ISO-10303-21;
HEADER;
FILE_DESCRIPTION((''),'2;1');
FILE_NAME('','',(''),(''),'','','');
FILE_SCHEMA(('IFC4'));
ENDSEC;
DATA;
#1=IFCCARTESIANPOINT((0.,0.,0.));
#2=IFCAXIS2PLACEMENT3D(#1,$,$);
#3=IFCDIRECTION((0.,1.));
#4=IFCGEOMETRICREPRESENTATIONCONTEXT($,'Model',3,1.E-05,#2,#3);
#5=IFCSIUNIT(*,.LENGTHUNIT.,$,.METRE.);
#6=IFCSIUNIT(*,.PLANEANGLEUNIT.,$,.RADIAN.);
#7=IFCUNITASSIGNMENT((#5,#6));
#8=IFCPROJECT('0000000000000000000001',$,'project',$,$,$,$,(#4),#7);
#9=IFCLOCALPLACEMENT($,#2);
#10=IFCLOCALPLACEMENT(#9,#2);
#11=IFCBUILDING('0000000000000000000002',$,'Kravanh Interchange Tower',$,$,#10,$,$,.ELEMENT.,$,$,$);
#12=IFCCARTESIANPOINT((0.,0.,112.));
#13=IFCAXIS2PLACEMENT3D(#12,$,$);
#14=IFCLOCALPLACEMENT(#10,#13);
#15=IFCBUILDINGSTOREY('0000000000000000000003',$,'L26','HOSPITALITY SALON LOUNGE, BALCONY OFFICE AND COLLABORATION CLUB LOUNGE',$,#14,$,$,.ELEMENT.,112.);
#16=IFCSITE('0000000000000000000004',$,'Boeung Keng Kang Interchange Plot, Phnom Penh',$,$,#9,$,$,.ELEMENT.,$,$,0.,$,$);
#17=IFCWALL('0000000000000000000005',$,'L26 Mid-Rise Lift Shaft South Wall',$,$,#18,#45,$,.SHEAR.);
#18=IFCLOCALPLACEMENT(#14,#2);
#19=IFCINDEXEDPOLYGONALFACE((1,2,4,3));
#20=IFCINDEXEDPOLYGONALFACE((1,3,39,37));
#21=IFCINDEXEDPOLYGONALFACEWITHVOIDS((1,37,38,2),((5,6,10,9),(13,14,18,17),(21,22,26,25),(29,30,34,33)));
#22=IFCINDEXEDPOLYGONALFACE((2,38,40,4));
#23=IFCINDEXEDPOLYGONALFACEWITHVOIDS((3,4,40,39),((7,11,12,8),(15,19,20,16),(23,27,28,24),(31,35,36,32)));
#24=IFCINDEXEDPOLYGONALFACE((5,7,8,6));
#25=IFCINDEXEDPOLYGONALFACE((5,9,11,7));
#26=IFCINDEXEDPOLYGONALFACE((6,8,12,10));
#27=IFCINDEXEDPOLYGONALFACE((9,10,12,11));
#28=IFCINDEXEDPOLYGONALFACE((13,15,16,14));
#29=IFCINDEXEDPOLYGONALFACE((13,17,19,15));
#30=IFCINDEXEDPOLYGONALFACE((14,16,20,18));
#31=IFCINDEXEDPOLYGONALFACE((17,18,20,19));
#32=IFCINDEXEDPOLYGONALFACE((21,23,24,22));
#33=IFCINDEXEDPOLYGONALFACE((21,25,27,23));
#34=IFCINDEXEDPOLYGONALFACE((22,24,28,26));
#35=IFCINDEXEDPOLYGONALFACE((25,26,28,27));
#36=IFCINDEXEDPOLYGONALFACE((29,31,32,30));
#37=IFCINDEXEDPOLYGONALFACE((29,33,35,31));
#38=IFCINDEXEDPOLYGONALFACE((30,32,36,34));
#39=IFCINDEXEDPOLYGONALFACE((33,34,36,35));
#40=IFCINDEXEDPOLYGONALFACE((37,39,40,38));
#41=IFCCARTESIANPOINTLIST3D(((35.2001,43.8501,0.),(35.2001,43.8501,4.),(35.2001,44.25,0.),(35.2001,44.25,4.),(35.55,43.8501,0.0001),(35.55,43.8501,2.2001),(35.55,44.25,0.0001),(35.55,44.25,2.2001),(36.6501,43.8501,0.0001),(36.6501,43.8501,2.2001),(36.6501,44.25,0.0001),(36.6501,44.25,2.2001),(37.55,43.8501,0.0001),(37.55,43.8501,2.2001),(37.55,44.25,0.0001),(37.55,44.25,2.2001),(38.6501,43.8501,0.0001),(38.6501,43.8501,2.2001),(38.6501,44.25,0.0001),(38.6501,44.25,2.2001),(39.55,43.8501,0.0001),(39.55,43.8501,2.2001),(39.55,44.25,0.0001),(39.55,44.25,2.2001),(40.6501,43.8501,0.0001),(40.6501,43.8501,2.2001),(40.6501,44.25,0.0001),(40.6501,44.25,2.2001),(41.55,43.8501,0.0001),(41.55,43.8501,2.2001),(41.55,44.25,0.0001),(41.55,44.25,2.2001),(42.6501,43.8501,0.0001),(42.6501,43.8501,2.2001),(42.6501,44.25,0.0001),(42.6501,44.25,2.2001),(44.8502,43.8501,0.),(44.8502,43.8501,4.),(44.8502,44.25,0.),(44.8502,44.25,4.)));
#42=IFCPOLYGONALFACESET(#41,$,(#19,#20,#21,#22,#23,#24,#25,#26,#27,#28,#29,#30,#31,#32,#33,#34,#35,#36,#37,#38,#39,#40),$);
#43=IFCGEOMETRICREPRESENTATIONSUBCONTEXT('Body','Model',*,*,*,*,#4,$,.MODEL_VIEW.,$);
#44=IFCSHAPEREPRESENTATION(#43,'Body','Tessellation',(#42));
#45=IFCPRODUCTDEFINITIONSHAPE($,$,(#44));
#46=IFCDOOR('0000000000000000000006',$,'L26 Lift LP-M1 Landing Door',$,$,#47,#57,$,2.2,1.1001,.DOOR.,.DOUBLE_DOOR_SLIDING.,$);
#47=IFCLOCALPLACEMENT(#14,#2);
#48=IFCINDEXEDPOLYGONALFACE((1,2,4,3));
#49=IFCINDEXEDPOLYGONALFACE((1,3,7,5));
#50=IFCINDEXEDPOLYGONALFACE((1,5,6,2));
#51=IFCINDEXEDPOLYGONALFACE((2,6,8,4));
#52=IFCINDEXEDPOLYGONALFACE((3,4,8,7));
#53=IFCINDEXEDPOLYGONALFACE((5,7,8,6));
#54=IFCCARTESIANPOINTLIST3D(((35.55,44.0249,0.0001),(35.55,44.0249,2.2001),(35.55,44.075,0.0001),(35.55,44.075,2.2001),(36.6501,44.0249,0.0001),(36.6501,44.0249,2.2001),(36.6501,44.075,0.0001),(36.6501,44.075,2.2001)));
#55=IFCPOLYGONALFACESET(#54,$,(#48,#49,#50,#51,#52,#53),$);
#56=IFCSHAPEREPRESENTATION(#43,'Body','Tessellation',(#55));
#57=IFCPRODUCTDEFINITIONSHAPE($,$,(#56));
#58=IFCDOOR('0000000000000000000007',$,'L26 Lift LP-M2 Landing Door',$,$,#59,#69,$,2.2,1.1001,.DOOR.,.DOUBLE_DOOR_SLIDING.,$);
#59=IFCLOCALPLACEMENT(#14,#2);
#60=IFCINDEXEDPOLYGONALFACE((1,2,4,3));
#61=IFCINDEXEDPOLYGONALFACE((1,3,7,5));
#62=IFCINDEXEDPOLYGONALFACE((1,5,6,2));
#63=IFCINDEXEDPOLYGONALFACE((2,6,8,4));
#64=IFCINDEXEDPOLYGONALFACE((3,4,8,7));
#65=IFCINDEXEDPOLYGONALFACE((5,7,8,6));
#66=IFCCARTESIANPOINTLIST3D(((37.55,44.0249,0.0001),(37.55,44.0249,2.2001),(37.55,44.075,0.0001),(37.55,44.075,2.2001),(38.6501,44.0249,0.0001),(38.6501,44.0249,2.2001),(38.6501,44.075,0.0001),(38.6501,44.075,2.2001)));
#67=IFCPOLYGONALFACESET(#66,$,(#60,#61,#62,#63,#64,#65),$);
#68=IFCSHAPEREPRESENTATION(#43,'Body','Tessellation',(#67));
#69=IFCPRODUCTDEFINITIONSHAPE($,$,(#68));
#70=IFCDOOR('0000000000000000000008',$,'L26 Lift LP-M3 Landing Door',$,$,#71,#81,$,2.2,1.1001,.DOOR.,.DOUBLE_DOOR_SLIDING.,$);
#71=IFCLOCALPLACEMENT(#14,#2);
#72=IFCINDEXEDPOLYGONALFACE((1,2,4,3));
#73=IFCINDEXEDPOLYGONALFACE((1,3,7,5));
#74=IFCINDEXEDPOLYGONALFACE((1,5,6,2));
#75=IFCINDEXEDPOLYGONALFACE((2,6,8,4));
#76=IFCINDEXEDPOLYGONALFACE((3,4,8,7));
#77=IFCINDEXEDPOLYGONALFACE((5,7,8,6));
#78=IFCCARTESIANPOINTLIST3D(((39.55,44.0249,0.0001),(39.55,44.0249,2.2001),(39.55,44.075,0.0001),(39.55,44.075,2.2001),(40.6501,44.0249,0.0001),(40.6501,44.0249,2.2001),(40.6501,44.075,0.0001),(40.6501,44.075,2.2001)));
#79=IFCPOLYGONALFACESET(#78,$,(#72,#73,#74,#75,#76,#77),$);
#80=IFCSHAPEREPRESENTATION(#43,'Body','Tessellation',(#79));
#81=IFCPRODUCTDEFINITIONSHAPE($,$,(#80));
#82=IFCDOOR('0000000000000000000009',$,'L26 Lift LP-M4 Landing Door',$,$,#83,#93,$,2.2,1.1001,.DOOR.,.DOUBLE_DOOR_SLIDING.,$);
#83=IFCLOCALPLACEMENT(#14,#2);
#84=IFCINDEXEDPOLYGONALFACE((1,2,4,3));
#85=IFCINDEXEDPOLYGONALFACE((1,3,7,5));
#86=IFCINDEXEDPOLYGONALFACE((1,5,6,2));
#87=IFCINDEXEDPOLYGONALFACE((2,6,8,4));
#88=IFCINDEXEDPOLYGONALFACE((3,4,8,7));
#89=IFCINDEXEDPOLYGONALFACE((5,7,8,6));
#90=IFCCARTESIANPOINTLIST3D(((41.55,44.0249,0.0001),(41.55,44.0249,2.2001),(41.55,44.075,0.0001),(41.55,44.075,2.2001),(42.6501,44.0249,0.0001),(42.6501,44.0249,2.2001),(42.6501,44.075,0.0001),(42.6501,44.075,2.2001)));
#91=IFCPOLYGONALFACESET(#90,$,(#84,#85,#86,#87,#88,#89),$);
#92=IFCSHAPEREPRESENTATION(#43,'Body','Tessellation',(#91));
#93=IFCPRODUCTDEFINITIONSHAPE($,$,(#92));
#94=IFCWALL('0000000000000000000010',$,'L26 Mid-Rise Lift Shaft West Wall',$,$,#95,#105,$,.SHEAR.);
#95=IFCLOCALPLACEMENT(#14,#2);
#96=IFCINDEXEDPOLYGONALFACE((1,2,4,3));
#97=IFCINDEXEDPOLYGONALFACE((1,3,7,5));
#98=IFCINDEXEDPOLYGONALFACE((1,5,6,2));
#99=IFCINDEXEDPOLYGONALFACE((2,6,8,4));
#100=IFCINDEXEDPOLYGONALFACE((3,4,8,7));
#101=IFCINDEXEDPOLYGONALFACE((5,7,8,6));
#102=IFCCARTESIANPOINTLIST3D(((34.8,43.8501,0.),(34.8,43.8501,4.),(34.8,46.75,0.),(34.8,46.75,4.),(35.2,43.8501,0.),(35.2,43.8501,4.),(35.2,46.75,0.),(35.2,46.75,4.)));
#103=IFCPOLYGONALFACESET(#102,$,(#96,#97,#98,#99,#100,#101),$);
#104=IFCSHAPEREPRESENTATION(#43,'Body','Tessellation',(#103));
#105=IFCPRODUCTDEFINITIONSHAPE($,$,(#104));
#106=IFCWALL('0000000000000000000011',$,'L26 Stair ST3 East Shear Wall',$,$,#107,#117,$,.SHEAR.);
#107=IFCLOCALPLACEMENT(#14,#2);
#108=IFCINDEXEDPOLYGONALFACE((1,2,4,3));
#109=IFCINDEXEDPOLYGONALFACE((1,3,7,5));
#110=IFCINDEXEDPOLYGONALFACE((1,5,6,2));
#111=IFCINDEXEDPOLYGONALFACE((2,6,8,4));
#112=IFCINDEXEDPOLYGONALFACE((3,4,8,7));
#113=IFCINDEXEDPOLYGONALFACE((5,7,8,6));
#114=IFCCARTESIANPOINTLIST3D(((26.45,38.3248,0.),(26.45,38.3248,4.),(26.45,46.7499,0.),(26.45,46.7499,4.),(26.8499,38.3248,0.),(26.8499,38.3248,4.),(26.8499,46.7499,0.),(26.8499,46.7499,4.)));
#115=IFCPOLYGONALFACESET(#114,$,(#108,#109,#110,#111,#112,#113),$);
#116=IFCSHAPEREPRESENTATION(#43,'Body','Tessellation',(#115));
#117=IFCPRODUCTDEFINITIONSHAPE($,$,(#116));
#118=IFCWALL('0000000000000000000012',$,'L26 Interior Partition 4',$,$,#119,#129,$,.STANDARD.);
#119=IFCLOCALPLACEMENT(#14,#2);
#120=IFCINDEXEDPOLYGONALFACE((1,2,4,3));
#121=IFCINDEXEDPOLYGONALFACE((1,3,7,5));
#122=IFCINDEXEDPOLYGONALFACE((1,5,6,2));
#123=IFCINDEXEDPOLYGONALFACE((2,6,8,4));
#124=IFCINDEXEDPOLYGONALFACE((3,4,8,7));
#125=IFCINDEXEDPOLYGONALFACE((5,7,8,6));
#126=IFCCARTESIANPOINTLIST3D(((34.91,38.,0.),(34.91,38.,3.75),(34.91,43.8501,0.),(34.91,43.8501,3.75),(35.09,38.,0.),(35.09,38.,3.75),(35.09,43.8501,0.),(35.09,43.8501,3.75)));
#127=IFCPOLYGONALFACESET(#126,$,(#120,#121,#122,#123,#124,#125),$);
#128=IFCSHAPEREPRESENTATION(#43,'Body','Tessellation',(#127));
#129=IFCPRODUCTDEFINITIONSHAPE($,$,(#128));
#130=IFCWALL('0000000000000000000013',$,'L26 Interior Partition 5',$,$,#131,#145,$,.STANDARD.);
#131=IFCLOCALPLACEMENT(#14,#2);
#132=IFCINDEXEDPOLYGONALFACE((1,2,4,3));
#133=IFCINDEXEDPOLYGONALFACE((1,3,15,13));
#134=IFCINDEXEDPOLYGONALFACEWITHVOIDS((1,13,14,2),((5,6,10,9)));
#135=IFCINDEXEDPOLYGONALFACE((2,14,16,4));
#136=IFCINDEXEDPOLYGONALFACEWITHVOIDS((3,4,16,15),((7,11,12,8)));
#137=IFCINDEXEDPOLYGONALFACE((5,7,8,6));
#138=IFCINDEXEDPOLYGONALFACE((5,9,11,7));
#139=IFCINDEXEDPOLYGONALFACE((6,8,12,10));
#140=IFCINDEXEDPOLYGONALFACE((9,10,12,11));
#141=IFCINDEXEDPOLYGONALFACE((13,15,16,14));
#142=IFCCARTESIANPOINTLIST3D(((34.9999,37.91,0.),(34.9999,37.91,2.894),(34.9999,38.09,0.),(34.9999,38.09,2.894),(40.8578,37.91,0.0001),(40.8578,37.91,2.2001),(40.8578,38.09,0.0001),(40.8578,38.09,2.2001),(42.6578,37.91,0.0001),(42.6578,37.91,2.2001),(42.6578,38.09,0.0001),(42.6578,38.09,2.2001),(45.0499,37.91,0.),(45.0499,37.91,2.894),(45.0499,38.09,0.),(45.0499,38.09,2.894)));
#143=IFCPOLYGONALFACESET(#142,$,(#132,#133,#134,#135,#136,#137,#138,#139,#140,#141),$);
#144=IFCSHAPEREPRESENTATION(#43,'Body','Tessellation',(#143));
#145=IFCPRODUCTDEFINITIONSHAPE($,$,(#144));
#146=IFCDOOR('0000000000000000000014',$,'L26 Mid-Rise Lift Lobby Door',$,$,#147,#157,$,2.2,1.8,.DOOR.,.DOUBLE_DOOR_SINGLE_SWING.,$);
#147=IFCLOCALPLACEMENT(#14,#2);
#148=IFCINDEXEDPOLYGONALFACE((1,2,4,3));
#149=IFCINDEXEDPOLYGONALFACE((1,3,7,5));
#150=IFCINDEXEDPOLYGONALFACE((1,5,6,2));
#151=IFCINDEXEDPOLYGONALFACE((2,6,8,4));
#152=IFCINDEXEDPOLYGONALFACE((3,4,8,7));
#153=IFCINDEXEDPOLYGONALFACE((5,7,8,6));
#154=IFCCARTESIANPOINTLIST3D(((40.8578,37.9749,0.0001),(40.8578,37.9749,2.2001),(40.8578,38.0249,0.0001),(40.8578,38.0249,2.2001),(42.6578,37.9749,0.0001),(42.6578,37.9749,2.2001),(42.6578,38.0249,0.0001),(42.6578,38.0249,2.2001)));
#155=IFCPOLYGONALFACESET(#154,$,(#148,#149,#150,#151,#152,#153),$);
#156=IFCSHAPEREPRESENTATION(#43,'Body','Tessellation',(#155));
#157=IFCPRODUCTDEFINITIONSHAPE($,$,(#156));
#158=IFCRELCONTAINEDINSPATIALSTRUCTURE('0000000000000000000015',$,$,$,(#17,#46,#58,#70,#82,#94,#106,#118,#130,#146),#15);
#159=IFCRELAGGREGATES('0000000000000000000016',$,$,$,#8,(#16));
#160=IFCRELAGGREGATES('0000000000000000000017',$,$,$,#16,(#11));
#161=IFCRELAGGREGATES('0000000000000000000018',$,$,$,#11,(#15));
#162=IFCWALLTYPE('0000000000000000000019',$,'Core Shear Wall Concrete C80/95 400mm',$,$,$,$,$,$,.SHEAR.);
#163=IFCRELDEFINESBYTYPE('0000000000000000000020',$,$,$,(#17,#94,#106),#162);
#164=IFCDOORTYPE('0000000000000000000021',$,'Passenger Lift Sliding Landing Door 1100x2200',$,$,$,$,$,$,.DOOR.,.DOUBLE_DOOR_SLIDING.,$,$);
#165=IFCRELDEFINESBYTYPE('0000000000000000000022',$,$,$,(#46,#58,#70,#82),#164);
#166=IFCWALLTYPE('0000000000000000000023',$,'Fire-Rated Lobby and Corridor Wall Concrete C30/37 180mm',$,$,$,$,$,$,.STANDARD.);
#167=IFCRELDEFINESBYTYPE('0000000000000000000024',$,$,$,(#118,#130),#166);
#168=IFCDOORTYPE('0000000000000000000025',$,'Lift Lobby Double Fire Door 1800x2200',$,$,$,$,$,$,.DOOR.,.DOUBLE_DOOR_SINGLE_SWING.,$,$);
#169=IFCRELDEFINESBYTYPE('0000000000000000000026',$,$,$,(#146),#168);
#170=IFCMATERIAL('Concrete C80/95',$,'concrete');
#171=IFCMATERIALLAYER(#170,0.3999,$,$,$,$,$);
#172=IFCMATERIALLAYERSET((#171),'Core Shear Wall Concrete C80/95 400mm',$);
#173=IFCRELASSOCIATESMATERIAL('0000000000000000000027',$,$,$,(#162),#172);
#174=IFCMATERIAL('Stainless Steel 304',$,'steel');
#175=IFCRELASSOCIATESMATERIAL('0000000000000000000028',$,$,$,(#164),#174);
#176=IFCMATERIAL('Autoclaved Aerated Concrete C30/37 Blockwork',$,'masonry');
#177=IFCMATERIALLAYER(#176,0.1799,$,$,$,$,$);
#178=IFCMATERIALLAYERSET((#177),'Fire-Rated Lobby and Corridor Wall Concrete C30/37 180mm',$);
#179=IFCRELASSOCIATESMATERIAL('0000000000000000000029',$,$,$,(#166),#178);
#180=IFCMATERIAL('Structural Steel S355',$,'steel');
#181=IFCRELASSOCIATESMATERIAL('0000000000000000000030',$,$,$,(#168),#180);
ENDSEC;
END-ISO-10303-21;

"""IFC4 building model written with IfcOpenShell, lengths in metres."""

from ifc_helpers import new_model, si_unit, direction, frame, frame_2d, origin, place, context, subcontext, project, spatial, rectangle, extrude, material, layer, layer_set, type_object, element, fill, save


model = new_model("IFC4")

# Units and contexts
model_context = context("Model", 3, precision=1e-05, world=origin(), true_north=direction((0.0, 1.0)))
body_context = subcontext(model_context, "Body", "Model", "MODEL_VIEW")
ifc_project = project(units=[si_unit("LENGTHUNIT", "METRE"), si_unit("PLANEANGLEUNIT", "RADIAN")], contexts=[model_context])

# Site, building, storey
site_placement = place(None, origin())
site = spatial("IfcSite", under=ifc_project, at=site_placement, Name="Boeung Keng Kang Interchange Plot, Phnom Penh", CompositionType="ELEMENT", RefElevation=0.0)
building_placement = place(site_placement, origin())
building = spatial("IfcBuilding", under=site, at=building_placement, Name="Kravanh Interchange Tower", CompositionType="ELEMENT")
storey_placement = place(building_placement, frame((0.0, 0.0, 112.0)))
storey = spatial("IfcBuildingStorey", under=building, at=storey_placement, Name="L26", Description="HOSPITALITY SALON LOUNGE, BALCONY OFFICE AND COLLABORATION CLUB LOUNGE", CompositionType="ELEMENT", Elevation=112.0)

# Wall, openings, doors
ifc_material_1 = material(Name="Concrete C80/95", Category="concrete")
ifc_layer_1 = layer(ifc_material_1, 0.3999)
ifc_layer_set_1 = layer_set([ifc_layer_1], Name="Core Shear Wall Concrete C80/95 400mm")
wall_type_1 = type_object("IfcWallType", Name="Core Shear Wall Concrete C80/95 400mm", PredefinedType="SHEAR", material=ifc_layer_set_1)
wall_1_placement = place(storey_placement, frame((35.2, 44.05, 0.0), z_axis=(0.0, 0.0, 1.0), x_axis=(1.0, 0.0, 0.0)))
wall_1 = element("IfcWall", 1, at=wall_1_placement, inside=storey, type_object=wall_type_1, Name="L26 Mid-Rise Lift Shaft South Wall", PredefinedType="SHEAR", context=body_context, shape_type="SweptSolid", body=[
    extrude(rectangle(XDim=9.6501, YDim=0.3999, at=frame_2d((4.8252, 0.0))), origin(), (0.0, 0.0, 1.0), 4.0),
])
opening_1_placement = place(wall_1_placement, frame((0.3501, 0.0, 0.0)))
opening_1 = element("IfcOpeningElement", 2, at=opening_1_placement, cuts=wall_1, PredefinedType="OPENING", context=body_context, shape_type="SweptSolid", body=[
    extrude(rectangle(XDim=1.1001, YDim=2.2, at=frame_2d((0.55, 1.1001))), frame((0.0, 0.21, 0.0), z_axis=(0.0, -1.0, 0.0), x_axis=(1.0, 0.0, 0.0)), (0.0, 0.0, 1.0), 0.4199),
])
opening_2_placement = place(wall_1_placement, frame((2.3501, 0.0, 0.0)))
opening_2 = element("IfcOpeningElement", 3, at=opening_2_placement, cuts=wall_1, PredefinedType="OPENING", context=body_context, shape_type="SweptSolid", body=[
    extrude(rectangle(XDim=1.1001, YDim=2.2, at=frame_2d((0.55, 1.1001))), frame((0.0, 0.21, 0.0), z_axis=(0.0, -1.0, 0.0), x_axis=(1.0, 0.0, 0.0)), (0.0, 0.0, 1.0), 0.4199),
])
opening_3_placement = place(wall_1_placement, frame((4.3501, 0.0, 0.0)))
opening_3 = element("IfcOpeningElement", 4, at=opening_3_placement, cuts=wall_1, PredefinedType="OPENING", context=body_context, shape_type="SweptSolid", body=[
    extrude(rectangle(XDim=1.1001, YDim=2.2, at=frame_2d((0.55, 1.1001))), frame((0.0, 0.21, 0.0), z_axis=(0.0, -1.0, 0.0), x_axis=(1.0, 0.0, 0.0)), (0.0, 0.0, 1.0), 0.4199),
])
opening_4_placement = place(wall_1_placement, frame((6.3501, 0.0, 0.0)))
opening_4 = element("IfcOpeningElement", 5, at=opening_4_placement, cuts=wall_1, PredefinedType="OPENING", context=body_context, shape_type="SweptSolid", body=[
    extrude(rectangle(XDim=1.1001, YDim=2.2, at=frame_2d((0.55, 1.1001))), frame((0.0, 0.21, 0.0), z_axis=(0.0, -1.0, 0.0), x_axis=(1.0, 0.0, 0.0)), (0.0, 0.0, 1.0), 0.4199),
])
ifc_material_2 = material(Name="Stainless Steel 304", Category="steel")
door_type_1 = type_object("IfcDoorType", Name="Passenger Lift Sliding Landing Door 1100x2200", OperationType="DOUBLE_DOOR_SLIDING", PredefinedType="DOOR", material=ifc_material_2)
door_1_placement = place(opening_1_placement, origin())
door_1 = element("IfcDoor", 6, at=door_1_placement, inside=storey, type_object=door_type_1, Name="L26 Lift LP-M1 Landing Door", OperationType="DOUBLE_DOOR_SLIDING", OverallHeight=2.2, OverallWidth=1.1001, PredefinedType="DOOR", context=body_context, shape_type="SweptSolid", body=[
    extrude(rectangle(XDim=1.1001, YDim=2.2, at=frame_2d((0.55, 1.1001))), frame((0.0, 0.0249, 0.0), z_axis=(0.0, -1.0, 0.0), x_axis=(1.0, 0.0, 0.0)), (0.0, 0.0, 1.0), 0.05),
])
fill(opening_1, door_1)
door_2_placement = place(opening_2_placement, origin())
door_2 = element("IfcDoor", 7, at=door_2_placement, inside=storey, type_object=door_type_1, Name="L26 Lift LP-M2 Landing Door", OperationType="DOUBLE_DOOR_SLIDING", OverallHeight=2.2, OverallWidth=1.1001, PredefinedType="DOOR", context=body_context, shape_type="SweptSolid", body=[
    extrude(rectangle(XDim=1.1001, YDim=2.2, at=frame_2d((0.55, 1.1001))), frame((0.0, 0.0249, 0.0), z_axis=(0.0, -1.0, 0.0), x_axis=(1.0, 0.0, 0.0)), (0.0, 0.0, 1.0), 0.05),
])
fill(opening_2, door_2)
door_3_placement = place(opening_3_placement, origin())
door_3 = element("IfcDoor", 8, at=door_3_placement, inside=storey, type_object=door_type_1, Name="L26 Lift LP-M3 Landing Door", OperationType="DOUBLE_DOOR_SLIDING", OverallHeight=2.2, OverallWidth=1.1001, PredefinedType="DOOR", context=body_context, shape_type="SweptSolid", body=[
    extrude(rectangle(XDim=1.1001, YDim=2.2, at=frame_2d((0.55, 1.1001))), frame((0.0, 0.0249, 0.0), z_axis=(0.0, -1.0, 0.0), x_axis=(1.0, 0.0, 0.0)), (0.0, 0.0, 1.0), 0.05),
])
fill(opening_3, door_3)
door_4_placement = place(opening_4_placement, origin())
door_4 = element("IfcDoor", 9, at=door_4_placement, inside=storey, type_object=door_type_1, Name="L26 Lift LP-M4 Landing Door", OperationType="DOUBLE_DOOR_SLIDING", OverallHeight=2.2, OverallWidth=1.1001, PredefinedType="DOOR", context=body_context, shape_type="SweptSolid", body=[
    extrude(rectangle(XDim=1.1001, YDim=2.2, at=frame_2d((0.55, 1.1001))), frame((0.0, 0.0249, 0.0), z_axis=(0.0, -1.0, 0.0), x_axis=(1.0, 0.0, 0.0)), (0.0, 0.0, 1.0), 0.05),
])
fill(opening_4, door_4)

# Walls
wall_2_placement = place(storey_placement, frame((35.0, 43.8501, 0.0), z_axis=(0.0, 0.0, 1.0), x_axis=(0.0, 1.0, 0.0)))
element("IfcWall", 10, at=wall_2_placement, inside=storey, type_object=wall_type_1, Name="L26 Mid-Rise Lift Shaft West Wall", PredefinedType="SHEAR", context=body_context, shape_type="SweptSolid", body=[
    extrude(rectangle(XDim=2.8999, YDim=0.3999, at=frame_2d((1.45, 0.0))), origin(), (0.0, 0.0, 1.0), 4.0),
])
wall_3_placement = place(storey_placement, frame((26.6499, 38.325, 0.0), z_axis=(0.0, 0.0, 1.0), x_axis=(0.0, 1.0, 0.0)))
element("IfcWall", 11, at=wall_3_placement, inside=storey, type_object=wall_type_1, Name="L26 Stair ST3 East Shear Wall", PredefinedType="SHEAR", context=body_context, shape_type="SweptSolid", body=[
    extrude(rectangle(XDim=8.425, YDim=0.3999, at=frame_2d((4.2124, 0.0))), origin(), (0.0, 0.0, 1.0), 4.0),
])
ifc_material_3 = material(Name="Autoclaved Aerated Concrete C30/37 Blockwork", Category="masonry")
ifc_layer_2 = layer(ifc_material_3, 0.1799)
ifc_layer_set_2 = layer_set([ifc_layer_2], Name="Fire-Rated Lobby and Corridor Wall Concrete C30/37 180mm")
wall_type_2 = type_object("IfcWallType", Name="Fire-Rated Lobby and Corridor Wall Concrete C30/37 180mm", PredefinedType="STANDARD", material=ifc_layer_set_2)
wall_4_placement = place(storey_placement, frame((35.0, 38.0, 0.0), z_axis=(0.0, 0.0, 1.0), x_axis=(0.0, 1.0, 0.0)))
element("IfcWall", 12, at=wall_4_placement, inside=storey, type_object=wall_type_2, Name="L26 Interior Partition 4", PredefinedType="STANDARD", context=body_context, shape_type="SweptSolid", body=[
    extrude(rectangle(XDim=5.8501, YDim=0.1799, at=frame_2d((2.925, 0.0))), origin(), (0.0, 0.0, 1.0), 3.75),
])

# Wall, opening, door
wall_5_placement = place(storey_placement, frame((35.0, 38.0, 0.0), z_axis=(0.0, 0.0, 1.0), x_axis=(1.0, 0.0, 0.0)))
wall_5 = element("IfcWall", 13, at=wall_5_placement, inside=storey, type_object=wall_type_2, Name="L26 Interior Partition 5", PredefinedType="STANDARD", context=body_context, shape_type="SweptSolid", body=[
    extrude(rectangle(XDim=10.05, YDim=0.1799, at=frame_2d((5.0249, 0.0))), origin(), (0.0, 0.0, 1.0), 2.894),
])
opening_5_placement = place(wall_5_placement, frame((5.8579, 0.0, 0.0)))
opening_5 = element("IfcOpeningElement", 14, at=opening_5_placement, cuts=wall_5, PredefinedType="OPENING", context=body_context, shape_type="SweptSolid", body=[
    extrude(rectangle(XDim=1.8, YDim=2.2, at=frame_2d((0.8999, 1.1001))), frame((0.0, 0.1001, 0.0), z_axis=(0.0, -1.0, 0.0), x_axis=(1.0, 0.0, 0.0)), (0.0, 0.0, 1.0), 0.2),
])
ifc_material_4 = material(Name="Structural Steel S355", Category="steel")
door_type_2 = type_object("IfcDoorType", Name="Lift Lobby Double Fire Door 1800x2200", OperationType="DOUBLE_DOOR_SINGLE_SWING", PredefinedType="DOOR", material=ifc_material_4)
door_5_placement = place(opening_5_placement, origin())
door_5 = element("IfcDoor", 15, at=door_5_placement, inside=storey, type_object=door_type_2, Name="L26 Mid-Rise Lift Lobby Door", OperationType="DOUBLE_DOOR_SINGLE_SWING", OverallHeight=2.2, OverallWidth=1.8, PredefinedType="DOOR", context=body_context, shape_type="SweptSolid", body=[
    extrude(rectangle(XDim=1.8, YDim=2.2, at=frame_2d((0.8999, 1.1001))), frame((0.0, 0.0249, 0.0), z_axis=(0.0, -1.0, 0.0), x_axis=(1.0, 0.0, 0.0)), (0.0, 0.0, 1.0), 0.05),
])
fill(opening_5, door_5)

save(model, "model.ifc")
